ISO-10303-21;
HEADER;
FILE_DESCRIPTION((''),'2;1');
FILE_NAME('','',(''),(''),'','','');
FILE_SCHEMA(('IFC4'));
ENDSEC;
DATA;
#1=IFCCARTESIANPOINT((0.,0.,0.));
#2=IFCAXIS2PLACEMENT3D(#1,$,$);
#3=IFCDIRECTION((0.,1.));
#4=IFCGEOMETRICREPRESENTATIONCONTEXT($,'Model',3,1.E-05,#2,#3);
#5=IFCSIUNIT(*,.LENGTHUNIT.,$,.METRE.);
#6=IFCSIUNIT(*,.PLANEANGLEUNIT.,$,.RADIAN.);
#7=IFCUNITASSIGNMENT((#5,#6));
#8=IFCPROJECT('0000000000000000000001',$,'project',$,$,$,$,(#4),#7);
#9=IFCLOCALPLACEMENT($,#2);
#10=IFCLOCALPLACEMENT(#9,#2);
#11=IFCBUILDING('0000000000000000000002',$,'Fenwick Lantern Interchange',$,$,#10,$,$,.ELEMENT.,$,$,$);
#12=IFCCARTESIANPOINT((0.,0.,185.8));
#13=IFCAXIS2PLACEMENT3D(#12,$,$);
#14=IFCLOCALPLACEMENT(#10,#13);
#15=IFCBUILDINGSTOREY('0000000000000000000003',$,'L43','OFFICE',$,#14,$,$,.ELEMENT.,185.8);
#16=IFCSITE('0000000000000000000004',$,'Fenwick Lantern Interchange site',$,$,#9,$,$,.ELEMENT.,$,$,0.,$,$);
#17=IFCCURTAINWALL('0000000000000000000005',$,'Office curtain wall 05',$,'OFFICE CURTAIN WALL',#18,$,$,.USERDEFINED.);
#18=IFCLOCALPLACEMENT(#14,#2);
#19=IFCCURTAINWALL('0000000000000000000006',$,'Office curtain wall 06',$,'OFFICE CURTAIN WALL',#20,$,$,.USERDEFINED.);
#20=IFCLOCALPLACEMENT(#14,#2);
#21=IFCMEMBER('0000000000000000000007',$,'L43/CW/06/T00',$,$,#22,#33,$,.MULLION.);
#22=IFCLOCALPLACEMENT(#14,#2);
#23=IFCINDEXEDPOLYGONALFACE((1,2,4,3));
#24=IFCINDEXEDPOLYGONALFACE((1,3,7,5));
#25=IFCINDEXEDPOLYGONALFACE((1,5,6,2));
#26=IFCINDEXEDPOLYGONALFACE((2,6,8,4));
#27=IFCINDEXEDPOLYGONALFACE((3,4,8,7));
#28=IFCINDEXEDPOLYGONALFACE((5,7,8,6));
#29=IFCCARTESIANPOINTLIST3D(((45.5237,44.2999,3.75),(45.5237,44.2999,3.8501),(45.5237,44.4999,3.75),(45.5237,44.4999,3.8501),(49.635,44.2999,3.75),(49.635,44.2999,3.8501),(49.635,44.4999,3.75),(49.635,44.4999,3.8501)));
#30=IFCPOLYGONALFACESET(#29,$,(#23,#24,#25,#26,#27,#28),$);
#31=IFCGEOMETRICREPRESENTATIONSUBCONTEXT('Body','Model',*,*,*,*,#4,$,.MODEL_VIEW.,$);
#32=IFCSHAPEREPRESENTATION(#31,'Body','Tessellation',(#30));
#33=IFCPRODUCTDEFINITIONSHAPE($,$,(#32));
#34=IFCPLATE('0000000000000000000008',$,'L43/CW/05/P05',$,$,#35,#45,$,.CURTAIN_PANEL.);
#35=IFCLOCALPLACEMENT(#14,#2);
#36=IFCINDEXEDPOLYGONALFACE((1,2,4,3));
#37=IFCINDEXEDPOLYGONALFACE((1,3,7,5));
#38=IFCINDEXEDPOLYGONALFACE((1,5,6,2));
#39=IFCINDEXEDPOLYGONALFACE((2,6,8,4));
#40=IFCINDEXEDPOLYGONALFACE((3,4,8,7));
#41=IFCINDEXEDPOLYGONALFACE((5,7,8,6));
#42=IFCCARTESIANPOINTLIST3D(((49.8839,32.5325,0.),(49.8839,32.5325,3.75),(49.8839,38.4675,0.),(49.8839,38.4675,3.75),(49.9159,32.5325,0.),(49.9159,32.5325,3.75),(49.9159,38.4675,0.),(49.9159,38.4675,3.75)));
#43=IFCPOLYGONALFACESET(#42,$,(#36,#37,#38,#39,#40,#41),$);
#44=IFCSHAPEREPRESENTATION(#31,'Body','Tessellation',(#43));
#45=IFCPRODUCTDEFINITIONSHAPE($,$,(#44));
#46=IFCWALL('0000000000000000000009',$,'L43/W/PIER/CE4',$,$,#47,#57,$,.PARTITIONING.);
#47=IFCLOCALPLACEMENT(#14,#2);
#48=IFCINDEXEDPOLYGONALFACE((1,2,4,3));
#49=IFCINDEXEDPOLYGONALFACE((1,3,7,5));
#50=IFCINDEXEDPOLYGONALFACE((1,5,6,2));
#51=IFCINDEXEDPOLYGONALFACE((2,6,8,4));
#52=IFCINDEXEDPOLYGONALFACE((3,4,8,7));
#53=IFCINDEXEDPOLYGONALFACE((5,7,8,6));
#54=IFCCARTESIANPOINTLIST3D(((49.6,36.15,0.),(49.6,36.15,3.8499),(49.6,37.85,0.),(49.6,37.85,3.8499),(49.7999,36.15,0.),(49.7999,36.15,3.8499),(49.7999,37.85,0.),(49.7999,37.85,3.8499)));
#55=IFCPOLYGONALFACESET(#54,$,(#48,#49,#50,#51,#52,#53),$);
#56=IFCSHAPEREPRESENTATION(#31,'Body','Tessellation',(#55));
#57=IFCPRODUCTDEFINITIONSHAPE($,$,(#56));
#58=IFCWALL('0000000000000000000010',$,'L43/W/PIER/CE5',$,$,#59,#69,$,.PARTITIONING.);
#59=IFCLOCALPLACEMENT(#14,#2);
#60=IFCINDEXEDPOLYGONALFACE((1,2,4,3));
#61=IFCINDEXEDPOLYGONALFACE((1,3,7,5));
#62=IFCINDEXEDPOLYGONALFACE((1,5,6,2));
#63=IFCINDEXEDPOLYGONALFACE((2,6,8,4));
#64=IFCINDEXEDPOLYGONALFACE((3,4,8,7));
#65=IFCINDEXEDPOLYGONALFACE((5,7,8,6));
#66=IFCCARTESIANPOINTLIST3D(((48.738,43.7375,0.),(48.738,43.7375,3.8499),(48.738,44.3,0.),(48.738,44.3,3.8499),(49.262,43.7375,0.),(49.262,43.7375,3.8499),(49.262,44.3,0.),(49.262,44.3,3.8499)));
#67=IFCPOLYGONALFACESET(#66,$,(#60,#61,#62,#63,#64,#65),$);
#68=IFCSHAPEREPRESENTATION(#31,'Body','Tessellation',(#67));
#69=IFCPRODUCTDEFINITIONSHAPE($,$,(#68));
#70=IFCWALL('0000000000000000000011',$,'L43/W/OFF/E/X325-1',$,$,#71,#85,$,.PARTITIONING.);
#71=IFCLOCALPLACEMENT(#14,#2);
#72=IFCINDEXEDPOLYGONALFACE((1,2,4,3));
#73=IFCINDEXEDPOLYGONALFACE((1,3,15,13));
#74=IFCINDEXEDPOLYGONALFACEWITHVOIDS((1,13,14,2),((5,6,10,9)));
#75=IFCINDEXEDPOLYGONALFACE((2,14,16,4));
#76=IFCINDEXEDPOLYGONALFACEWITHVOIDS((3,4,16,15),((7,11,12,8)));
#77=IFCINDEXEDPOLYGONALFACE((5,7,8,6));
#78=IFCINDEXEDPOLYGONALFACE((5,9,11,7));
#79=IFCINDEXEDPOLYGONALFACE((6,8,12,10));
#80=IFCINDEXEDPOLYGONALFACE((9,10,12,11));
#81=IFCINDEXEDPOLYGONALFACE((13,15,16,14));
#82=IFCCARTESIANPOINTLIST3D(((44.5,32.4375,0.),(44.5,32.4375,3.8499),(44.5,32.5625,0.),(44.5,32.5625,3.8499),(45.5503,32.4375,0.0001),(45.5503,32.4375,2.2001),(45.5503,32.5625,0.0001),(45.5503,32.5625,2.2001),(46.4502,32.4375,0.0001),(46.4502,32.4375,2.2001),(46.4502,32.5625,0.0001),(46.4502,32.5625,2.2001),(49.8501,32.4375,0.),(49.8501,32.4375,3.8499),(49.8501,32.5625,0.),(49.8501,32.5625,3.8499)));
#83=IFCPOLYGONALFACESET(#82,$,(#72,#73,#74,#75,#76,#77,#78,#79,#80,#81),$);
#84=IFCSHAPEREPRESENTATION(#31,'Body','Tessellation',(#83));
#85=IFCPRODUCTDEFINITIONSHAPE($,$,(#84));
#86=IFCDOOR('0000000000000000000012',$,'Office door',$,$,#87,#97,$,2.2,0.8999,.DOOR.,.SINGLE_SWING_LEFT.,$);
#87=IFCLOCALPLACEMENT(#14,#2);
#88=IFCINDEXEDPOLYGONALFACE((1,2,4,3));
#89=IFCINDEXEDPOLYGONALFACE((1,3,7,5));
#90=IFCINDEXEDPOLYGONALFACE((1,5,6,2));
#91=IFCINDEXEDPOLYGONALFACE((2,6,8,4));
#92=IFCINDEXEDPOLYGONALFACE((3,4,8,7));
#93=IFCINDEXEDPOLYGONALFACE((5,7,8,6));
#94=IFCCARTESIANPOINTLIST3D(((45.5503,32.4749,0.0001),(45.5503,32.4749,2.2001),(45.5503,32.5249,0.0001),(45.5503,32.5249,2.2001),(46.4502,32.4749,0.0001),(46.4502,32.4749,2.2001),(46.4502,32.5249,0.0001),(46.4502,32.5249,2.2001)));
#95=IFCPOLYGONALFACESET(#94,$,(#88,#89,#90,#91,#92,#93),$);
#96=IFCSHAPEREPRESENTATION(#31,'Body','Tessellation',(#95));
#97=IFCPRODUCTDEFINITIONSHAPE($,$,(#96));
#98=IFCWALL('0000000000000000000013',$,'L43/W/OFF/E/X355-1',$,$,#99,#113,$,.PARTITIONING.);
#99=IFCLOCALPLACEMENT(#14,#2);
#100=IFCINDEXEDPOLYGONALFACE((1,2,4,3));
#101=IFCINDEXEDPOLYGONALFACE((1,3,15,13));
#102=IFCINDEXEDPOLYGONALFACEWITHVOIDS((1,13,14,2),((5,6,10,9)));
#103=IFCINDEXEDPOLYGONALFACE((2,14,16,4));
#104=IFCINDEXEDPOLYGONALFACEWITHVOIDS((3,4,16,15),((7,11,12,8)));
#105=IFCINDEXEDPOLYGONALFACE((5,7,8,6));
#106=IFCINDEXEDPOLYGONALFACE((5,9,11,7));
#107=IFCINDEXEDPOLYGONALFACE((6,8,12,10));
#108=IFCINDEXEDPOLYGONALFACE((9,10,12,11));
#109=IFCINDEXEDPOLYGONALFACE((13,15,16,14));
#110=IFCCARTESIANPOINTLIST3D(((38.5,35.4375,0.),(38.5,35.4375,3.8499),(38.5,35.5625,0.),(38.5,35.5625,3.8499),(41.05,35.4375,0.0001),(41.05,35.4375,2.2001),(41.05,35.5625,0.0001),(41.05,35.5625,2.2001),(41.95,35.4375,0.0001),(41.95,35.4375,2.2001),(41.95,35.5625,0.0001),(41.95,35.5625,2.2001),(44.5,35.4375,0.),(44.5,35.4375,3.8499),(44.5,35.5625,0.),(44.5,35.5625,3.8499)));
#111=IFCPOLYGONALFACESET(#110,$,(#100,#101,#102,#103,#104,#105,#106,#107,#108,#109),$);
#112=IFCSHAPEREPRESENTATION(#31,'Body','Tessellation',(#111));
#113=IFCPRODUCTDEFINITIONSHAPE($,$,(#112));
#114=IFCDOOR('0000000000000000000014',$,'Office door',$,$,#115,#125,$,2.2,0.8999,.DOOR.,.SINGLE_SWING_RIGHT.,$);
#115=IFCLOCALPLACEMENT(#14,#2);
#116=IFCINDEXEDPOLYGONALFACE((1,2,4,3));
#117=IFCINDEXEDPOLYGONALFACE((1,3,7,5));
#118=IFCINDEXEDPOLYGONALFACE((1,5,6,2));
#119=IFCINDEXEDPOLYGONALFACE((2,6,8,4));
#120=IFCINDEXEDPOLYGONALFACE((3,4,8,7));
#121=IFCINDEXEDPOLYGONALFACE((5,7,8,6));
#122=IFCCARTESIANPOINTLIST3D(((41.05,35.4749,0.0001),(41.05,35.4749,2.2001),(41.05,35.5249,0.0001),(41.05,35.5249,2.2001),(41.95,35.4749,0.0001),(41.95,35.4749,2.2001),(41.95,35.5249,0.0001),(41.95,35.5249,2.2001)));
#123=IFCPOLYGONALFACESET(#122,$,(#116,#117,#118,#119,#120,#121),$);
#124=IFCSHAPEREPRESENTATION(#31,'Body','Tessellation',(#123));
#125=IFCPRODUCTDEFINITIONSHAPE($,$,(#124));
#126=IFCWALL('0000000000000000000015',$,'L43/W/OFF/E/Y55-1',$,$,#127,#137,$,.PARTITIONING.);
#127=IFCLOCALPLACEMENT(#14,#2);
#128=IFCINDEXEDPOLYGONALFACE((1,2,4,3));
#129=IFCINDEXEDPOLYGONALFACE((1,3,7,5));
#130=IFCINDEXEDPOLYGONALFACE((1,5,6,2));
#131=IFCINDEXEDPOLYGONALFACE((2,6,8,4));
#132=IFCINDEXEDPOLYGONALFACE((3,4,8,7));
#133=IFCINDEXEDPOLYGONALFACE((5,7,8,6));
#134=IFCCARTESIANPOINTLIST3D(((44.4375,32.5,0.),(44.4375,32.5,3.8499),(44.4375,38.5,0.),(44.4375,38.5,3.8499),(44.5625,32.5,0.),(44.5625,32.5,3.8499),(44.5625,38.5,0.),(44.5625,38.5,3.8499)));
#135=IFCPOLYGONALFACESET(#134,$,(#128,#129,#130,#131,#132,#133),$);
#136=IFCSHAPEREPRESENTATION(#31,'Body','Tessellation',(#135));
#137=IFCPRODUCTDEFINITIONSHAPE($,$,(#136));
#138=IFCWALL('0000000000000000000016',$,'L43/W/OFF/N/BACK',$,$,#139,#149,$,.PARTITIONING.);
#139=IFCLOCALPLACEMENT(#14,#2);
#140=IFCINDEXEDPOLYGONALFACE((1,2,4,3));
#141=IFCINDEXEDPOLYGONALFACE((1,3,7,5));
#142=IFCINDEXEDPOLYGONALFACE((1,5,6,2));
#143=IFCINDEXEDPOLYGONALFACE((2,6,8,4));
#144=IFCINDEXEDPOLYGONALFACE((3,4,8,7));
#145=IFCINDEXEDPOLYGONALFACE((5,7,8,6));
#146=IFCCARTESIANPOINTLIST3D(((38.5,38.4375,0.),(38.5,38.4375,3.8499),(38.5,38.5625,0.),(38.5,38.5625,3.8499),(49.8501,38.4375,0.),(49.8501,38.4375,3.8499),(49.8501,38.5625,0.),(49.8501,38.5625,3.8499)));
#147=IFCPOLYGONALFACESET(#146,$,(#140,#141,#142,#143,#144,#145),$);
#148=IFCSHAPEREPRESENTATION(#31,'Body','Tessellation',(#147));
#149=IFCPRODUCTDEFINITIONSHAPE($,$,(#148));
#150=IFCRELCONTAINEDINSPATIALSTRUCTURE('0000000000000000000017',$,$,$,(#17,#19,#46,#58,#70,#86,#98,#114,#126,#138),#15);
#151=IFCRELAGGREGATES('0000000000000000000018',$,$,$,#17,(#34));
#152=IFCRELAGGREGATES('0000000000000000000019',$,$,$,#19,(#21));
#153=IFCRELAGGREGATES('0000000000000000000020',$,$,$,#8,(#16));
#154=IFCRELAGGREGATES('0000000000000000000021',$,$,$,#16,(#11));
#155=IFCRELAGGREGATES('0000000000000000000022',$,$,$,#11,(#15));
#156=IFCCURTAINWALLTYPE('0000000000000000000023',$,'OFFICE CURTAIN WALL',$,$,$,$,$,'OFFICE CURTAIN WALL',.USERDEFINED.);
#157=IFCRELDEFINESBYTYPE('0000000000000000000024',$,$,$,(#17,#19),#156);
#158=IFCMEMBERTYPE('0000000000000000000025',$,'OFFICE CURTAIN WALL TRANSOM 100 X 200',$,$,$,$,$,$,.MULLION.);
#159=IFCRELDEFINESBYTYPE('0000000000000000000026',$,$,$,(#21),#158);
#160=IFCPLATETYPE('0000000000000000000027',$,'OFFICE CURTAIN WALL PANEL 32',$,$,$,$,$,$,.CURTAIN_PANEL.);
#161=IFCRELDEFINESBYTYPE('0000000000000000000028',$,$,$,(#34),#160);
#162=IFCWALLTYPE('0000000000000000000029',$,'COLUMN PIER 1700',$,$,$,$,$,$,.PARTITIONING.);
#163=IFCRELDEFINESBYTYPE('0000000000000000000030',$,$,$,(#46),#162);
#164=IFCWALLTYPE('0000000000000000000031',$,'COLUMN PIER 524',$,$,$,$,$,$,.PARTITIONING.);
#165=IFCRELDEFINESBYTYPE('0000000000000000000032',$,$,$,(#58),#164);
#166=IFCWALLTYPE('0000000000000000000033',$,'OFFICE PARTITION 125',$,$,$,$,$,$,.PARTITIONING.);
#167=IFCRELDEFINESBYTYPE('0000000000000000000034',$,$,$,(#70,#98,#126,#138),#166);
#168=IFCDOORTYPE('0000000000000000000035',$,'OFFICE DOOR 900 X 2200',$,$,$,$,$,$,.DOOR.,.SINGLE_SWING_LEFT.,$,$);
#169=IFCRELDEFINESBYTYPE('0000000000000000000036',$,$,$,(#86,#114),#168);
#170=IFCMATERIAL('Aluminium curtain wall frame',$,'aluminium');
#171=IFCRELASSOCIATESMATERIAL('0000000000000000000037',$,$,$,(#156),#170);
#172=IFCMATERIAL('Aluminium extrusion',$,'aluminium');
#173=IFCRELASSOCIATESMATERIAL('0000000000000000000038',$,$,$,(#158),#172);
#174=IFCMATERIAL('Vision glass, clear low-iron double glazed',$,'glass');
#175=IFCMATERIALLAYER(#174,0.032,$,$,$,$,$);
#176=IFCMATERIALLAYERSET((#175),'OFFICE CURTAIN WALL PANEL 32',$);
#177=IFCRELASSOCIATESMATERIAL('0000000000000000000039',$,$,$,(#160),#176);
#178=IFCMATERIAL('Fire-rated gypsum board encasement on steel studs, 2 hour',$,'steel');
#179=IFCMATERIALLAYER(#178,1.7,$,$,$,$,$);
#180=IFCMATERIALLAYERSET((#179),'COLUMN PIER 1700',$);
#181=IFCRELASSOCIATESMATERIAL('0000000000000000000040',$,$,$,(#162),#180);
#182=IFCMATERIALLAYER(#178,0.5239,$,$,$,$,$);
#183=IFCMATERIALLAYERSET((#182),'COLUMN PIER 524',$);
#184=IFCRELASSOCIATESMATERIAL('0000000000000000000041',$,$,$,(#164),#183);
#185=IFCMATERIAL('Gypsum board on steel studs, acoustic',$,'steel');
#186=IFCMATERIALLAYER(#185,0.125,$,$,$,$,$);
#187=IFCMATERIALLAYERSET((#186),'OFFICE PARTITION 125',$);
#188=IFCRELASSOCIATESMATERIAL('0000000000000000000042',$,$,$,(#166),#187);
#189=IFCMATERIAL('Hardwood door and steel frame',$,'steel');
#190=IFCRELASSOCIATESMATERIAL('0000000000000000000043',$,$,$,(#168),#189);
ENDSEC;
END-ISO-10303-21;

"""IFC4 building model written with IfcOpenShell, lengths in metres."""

from ifc_helpers import new_model, si_unit, direction, frame, frame_2d, origin, origin_2d, place, context, subcontext, project, spatial, rectangle, extrude, material, layer, layer_set, material_profile, profile_set, type_object, element, fill, aggregate, save


model = new_model("IFC4")

# Units and contexts
model_context = context("Model", 3, precision=1e-05, world=origin(), true_north=direction((0.0, 1.0)))
body_context = subcontext(model_context, "Body", "Model", "MODEL_VIEW")
ifc_project = project(units=[si_unit("LENGTHUNIT", "METRE"), si_unit("PLANEANGLEUNIT", "RADIAN")], contexts=[model_context])

# Site, building, storey
site_placement = place(None, origin())
site = spatial("IfcSite", under=ifc_project, at=site_placement, Name="Fenwick Lantern Interchange site", CompositionType="ELEMENT", RefElevation=0.0)
building_placement = place(site_placement, origin())
building = spatial("IfcBuilding", under=site, at=building_placement, Name="Fenwick Lantern Interchange", CompositionType="ELEMENT")
storey_placement = place(building_placement, frame((0.0, 0.0, 185.8)))
storey = spatial("IfcBuildingStorey", under=building, at=storey_placement, Name="L43", Description="OFFICE", CompositionType="ELEMENT", Elevation=185.8)

# Curtain walls
ifc_material_1 = material(Name="Aluminium curtain wall frame", Category="aluminium")
curtain_wall_type = type_object("IfcCurtainWallType", Name="OFFICE CURTAIN WALL", ElementType="OFFICE CURTAIN WALL", PredefinedType="USERDEFINED", material=ifc_material_1)
curtain_wall_1_placement = place(storey_placement, origin())
curtain_wall_1 = element("IfcCurtainWall", 1, at=curtain_wall_1_placement, inside=storey, type_object=curtain_wall_type, Name="Office curtain wall 05", ObjectType="OFFICE CURTAIN WALL", PredefinedType="USERDEFINED")
ifc_material_2 = material(Name="Aluminium extrusion", Category="aluminium")
curtain_wall_2_placement = place(storey_placement, origin())
curtain_wall_2 = element("IfcCurtainWall", 2, at=curtain_wall_2_placement, inside=storey, type_object=curtain_wall_type, Name="Office curtain wall 06", ObjectType="OFFICE CURTAIN WALL", PredefinedType="USERDEFINED")

# Member
ifc_material_profile_1 = material_profile(ifc_material_2, rectangle(XDim=0.2, YDim=0.1001, at=origin_2d()), Name="OFFICE CURTAIN WALL TRANSOM 100 X 200")
ifc_profile_set_1 = profile_set([ifc_material_profile_1], Name="Aluminium extrusion")
member_type_1 = type_object("IfcMemberType", Name="OFFICE CURTAIN WALL TRANSOM 100 X 200", PredefinedType="MULLION", material=ifc_profile_set_1)
member_1_placement = place(storey_placement, frame((49.635, 44.3999, 3.8), z_axis=(-1.0, 0.0, 0.0), x_axis=(0.0, -1.0, 0.0)))
member_1 = element("IfcMember", 3, at=member_1_placement, type_object=member_type_1, Name="L43/CW/06/T00", PredefinedType="MULLION", context=body_context, shape_type="SweptSolid", body=[
    extrude(rectangle(XDim=0.2, YDim=0.1001, at=origin_2d()), origin(), (0.0, 0.0, 1.0), 4.1113),
])

# Plate
ifc_material_3 = material(Name="Vision glass, clear low-iron double glazed", Category="glass")
ifc_layer_1 = layer(ifc_material_3, 0.032)
ifc_layer_set_1 = layer_set([ifc_layer_1], Name="OFFICE CURTAIN WALL PANEL 32")
plate_type = type_object("IfcPlateType", Name="OFFICE CURTAIN WALL PANEL 32", PredefinedType="CURTAIN_PANEL", material=ifc_layer_set_1)
plate_1_placement = place(storey_placement, frame((49.8999, 35.5, 0.0), z_axis=(0.0, 0.0, 1.0), x_axis=(0.0, 1.0, 0.0)))
plate_1 = element("IfcPlate", 4, at=plate_1_placement, type_object=plate_type, Name="L43/CW/05/P05", PredefinedType="CURTAIN_PANEL", context=body_context, shape_type="SweptSolid", body=[
    extrude(rectangle(XDim=5.9351, YDim=0.032, at=origin_2d()), origin(), (0.0, 0.0, 1.0), 3.75),
])
aggregate(curtain_wall_1, [plate_1])
aggregate(curtain_wall_2, [member_1])

# Walls
ifc_material_4 = material(Name="Fire-rated gypsum board encasement on steel studs, 2 hour", Category="steel")
ifc_layer_2 = layer(ifc_material_4, 1.7)
ifc_layer_set_2 = layer_set([ifc_layer_2], Name="COLUMN PIER 1700")
wall_type_1 = type_object("IfcWallType", Name="COLUMN PIER 1700", PredefinedType="PARTITIONING", material=ifc_layer_set_2)
wall_1_placement = place(storey_placement, frame((49.8, 37.0, 0.0), z_axis=(0.0, 0.0, 1.0), x_axis=(-1.0, 0.0, 0.0)))
element("IfcWall", 5, at=wall_1_placement, inside=storey, type_object=wall_type_1, Name="L43/W/PIER/CE4", PredefinedType="PARTITIONING", context=body_context, shape_type="SweptSolid", body=[
    extrude(rectangle(XDim=0.2, YDim=1.7, at=frame_2d((0.1001, 0.0))), origin(), (0.0, 0.0, 1.0), 3.8499),
])
ifc_layer_3 = layer(ifc_material_4, 0.5239)
ifc_layer_set_3 = layer_set([ifc_layer_3], Name="COLUMN PIER 524")
wall_type_2 = type_object("IfcWallType", Name="COLUMN PIER 524", PredefinedType="PARTITIONING", material=ifc_layer_set_3)
wall_2_placement = place(storey_placement, frame((49.0, 44.3, 0.0), z_axis=(0.0, 0.0, 1.0), x_axis=(0.0, -1.0, 0.0)))
element("IfcWall", 6, at=wall_2_placement, inside=storey, type_object=wall_type_2, Name="L43/W/PIER/CE5", PredefinedType="PARTITIONING", context=body_context, shape_type="SweptSolid", body=[
    extrude(rectangle(XDim=0.5625, YDim=0.5239, at=frame_2d((0.2812, 0.0))), origin(), (0.0, 0.0, 1.0), 3.8499),
])

# Walls, openings, doors
ifc_material_5 = material(Name="Gypsum board on steel studs, acoustic", Category="steel")
ifc_layer_4 = layer(ifc_material_5, 0.125)
ifc_layer_set_4 = layer_set([ifc_layer_4], Name="OFFICE PARTITION 125")
wall_type_3 = type_object("IfcWallType", Name="OFFICE PARTITION 125", PredefinedType="PARTITIONING", material=ifc_layer_set_4)
wall_3_placement = place(storey_placement, frame((49.8501, 32.5, 0.0), z_axis=(0.0, 0.0, 1.0), x_axis=(-1.0, 0.0, 0.0)))
wall_3 = element("IfcWall", 7, at=wall_3_placement, inside=storey, type_object=wall_type_3, Name="L43/W/OFF/E/X325-1", PredefinedType="PARTITIONING", context=body_context, shape_type="SweptSolid", body=[
    extrude(rectangle(XDim=5.3501, YDim=0.125, at=frame_2d((2.675, 0.0))), origin(), (0.0, 0.0, 1.0), 3.8499),
])
opening_1_placement = place(wall_3_placement, frame((3.3999, 0.0, 0.0)))
opening_1 = element("IfcOpeningElement", 8, at=opening_1_placement, cuts=wall_3, PredefinedType="OPENING", context=body_context, shape_type="SweptSolid", body=[
    extrude(rectangle(XDim=0.8999, YDim=2.2, at=frame_2d((0.45, 1.1001))), frame((0.0, 0.0725, 0.0), z_axis=(0.0, -1.0, 0.0), x_axis=(1.0, 0.0, 0.0)), (0.0, 0.0, 1.0), 0.145),
])
ifc_material_6 = material(Name="Hardwood door and steel frame", Category="steel")
door_type = type_object("IfcDoorType", Name="OFFICE DOOR 900 X 2200", OperationType="SINGLE_SWING_LEFT", PredefinedType="DOOR", material=ifc_material_6)
door_1_placement = place(opening_1_placement, frame((0.8999, 0.0, 0.0), z_axis=(0.0, 0.0, 1.0), x_axis=(-1.0, 0.0, 0.0)))
door_1 = element("IfcDoor", 9, at=door_1_placement, inside=storey, type_object=door_type, Name="Office door", OperationType="SINGLE_SWING_LEFT", OverallHeight=2.2, OverallWidth=0.8999, PredefinedType="DOOR", context=body_context, shape_type="SweptSolid", body=[
    extrude(rectangle(XDim=0.8999, YDim=2.2, at=frame_2d((0.45, 1.1001))), frame((0.0, 0.0249, 0.0), z_axis=(0.0, -1.0, 0.0), x_axis=(1.0, 0.0, 0.0)), (0.0, 0.0, 1.0), 0.05),
])
fill(opening_1, door_1)
wall_4_placement = place(storey_placement, frame((44.5, 35.5, 0.0), z_axis=(0.0, 0.0, 1.0), x_axis=(-1.0, 0.0, 0.0)))
wall_4 = element("IfcWall", 10, at=wall_4_placement, inside=storey, type_object=wall_type_3, Name="L43/W/OFF/E/X355-1", PredefinedType="PARTITIONING", context=body_context, shape_type="SweptSolid", body=[
    extrude(rectangle(XDim=6.0, YDim=0.125, at=frame_2d((3.0, 0.0))), origin(), (0.0, 0.0, 1.0), 3.8499),
])
opening_2_placement = place(wall_4_placement, frame((2.55, 0.0, 0.0)))
opening_2 = element("IfcOpeningElement", 11, at=opening_2_placement, cuts=wall_4, PredefinedType="OPENING", context=body_context, shape_type="SweptSolid", body=[
    extrude(rectangle(XDim=0.8999, YDim=2.2, at=frame_2d((0.45, 1.1001))), frame((0.0, 0.0725, 0.0), z_axis=(0.0, -1.0, 0.0), x_axis=(1.0, 0.0, 0.0)), (0.0, 0.0, 1.0), 0.145),
])
door_2_placement = place(opening_2_placement, frame((0.8999, 0.0, 0.0), z_axis=(0.0, 0.0, 1.0), x_axis=(-1.0, 0.0, 0.0)))
door_2 = element("IfcDoor", 12, at=door_2_placement, inside=storey, type_object=door_type, Name="Office door", OperationType="SINGLE_SWING_RIGHT", OverallHeight=2.2, OverallWidth=0.8999, PredefinedType="DOOR", context=body_context, shape_type="SweptSolid", body=[
    extrude(rectangle(XDim=0.8999, YDim=2.2, at=frame_2d((0.45, 1.1001))), frame((0.0, 0.0249, 0.0), z_axis=(0.0, -1.0, 0.0), x_axis=(1.0, 0.0, 0.0)), (0.0, 0.0, 1.0), 0.05),
])
fill(opening_2, door_2)

# Walls
wall_5_placement = place(storey_placement, frame((44.5, 32.5, 0.0), z_axis=(0.0, 0.0, 1.0), x_axis=(0.0, 1.0, 0.0)))
element("IfcWall", 13, at=wall_5_placement, inside=storey, type_object=wall_type_3, Name="L43/W/OFF/E/Y55-1", PredefinedType="PARTITIONING", context=body_context, shape_type="SweptSolid", body=[
    extrude(rectangle(XDim=6.0, YDim=0.125, at=frame_2d((3.0, 0.0))), origin(), (0.0, 0.0, 1.0), 3.8499),
])
wall_6_placement = place(storey_placement, frame((49.8501, 38.5, 0.0), z_axis=(0.0, 0.0, 1.0), x_axis=(-1.0, 0.0, 0.0)))
element("IfcWall", 14, at=wall_6_placement, inside=storey, type_object=wall_type_3, Name="L43/W/OFF/N/BACK", PredefinedType="PARTITIONING", context=body_context, shape_type="SweptSolid", body=[
    extrude(rectangle(XDim=11.3501, YDim=0.125, at=frame_2d((5.675, 0.0))), origin(), (0.0, 0.0, 1.0), 3.8499),
])

save(model, "model.ifc")
